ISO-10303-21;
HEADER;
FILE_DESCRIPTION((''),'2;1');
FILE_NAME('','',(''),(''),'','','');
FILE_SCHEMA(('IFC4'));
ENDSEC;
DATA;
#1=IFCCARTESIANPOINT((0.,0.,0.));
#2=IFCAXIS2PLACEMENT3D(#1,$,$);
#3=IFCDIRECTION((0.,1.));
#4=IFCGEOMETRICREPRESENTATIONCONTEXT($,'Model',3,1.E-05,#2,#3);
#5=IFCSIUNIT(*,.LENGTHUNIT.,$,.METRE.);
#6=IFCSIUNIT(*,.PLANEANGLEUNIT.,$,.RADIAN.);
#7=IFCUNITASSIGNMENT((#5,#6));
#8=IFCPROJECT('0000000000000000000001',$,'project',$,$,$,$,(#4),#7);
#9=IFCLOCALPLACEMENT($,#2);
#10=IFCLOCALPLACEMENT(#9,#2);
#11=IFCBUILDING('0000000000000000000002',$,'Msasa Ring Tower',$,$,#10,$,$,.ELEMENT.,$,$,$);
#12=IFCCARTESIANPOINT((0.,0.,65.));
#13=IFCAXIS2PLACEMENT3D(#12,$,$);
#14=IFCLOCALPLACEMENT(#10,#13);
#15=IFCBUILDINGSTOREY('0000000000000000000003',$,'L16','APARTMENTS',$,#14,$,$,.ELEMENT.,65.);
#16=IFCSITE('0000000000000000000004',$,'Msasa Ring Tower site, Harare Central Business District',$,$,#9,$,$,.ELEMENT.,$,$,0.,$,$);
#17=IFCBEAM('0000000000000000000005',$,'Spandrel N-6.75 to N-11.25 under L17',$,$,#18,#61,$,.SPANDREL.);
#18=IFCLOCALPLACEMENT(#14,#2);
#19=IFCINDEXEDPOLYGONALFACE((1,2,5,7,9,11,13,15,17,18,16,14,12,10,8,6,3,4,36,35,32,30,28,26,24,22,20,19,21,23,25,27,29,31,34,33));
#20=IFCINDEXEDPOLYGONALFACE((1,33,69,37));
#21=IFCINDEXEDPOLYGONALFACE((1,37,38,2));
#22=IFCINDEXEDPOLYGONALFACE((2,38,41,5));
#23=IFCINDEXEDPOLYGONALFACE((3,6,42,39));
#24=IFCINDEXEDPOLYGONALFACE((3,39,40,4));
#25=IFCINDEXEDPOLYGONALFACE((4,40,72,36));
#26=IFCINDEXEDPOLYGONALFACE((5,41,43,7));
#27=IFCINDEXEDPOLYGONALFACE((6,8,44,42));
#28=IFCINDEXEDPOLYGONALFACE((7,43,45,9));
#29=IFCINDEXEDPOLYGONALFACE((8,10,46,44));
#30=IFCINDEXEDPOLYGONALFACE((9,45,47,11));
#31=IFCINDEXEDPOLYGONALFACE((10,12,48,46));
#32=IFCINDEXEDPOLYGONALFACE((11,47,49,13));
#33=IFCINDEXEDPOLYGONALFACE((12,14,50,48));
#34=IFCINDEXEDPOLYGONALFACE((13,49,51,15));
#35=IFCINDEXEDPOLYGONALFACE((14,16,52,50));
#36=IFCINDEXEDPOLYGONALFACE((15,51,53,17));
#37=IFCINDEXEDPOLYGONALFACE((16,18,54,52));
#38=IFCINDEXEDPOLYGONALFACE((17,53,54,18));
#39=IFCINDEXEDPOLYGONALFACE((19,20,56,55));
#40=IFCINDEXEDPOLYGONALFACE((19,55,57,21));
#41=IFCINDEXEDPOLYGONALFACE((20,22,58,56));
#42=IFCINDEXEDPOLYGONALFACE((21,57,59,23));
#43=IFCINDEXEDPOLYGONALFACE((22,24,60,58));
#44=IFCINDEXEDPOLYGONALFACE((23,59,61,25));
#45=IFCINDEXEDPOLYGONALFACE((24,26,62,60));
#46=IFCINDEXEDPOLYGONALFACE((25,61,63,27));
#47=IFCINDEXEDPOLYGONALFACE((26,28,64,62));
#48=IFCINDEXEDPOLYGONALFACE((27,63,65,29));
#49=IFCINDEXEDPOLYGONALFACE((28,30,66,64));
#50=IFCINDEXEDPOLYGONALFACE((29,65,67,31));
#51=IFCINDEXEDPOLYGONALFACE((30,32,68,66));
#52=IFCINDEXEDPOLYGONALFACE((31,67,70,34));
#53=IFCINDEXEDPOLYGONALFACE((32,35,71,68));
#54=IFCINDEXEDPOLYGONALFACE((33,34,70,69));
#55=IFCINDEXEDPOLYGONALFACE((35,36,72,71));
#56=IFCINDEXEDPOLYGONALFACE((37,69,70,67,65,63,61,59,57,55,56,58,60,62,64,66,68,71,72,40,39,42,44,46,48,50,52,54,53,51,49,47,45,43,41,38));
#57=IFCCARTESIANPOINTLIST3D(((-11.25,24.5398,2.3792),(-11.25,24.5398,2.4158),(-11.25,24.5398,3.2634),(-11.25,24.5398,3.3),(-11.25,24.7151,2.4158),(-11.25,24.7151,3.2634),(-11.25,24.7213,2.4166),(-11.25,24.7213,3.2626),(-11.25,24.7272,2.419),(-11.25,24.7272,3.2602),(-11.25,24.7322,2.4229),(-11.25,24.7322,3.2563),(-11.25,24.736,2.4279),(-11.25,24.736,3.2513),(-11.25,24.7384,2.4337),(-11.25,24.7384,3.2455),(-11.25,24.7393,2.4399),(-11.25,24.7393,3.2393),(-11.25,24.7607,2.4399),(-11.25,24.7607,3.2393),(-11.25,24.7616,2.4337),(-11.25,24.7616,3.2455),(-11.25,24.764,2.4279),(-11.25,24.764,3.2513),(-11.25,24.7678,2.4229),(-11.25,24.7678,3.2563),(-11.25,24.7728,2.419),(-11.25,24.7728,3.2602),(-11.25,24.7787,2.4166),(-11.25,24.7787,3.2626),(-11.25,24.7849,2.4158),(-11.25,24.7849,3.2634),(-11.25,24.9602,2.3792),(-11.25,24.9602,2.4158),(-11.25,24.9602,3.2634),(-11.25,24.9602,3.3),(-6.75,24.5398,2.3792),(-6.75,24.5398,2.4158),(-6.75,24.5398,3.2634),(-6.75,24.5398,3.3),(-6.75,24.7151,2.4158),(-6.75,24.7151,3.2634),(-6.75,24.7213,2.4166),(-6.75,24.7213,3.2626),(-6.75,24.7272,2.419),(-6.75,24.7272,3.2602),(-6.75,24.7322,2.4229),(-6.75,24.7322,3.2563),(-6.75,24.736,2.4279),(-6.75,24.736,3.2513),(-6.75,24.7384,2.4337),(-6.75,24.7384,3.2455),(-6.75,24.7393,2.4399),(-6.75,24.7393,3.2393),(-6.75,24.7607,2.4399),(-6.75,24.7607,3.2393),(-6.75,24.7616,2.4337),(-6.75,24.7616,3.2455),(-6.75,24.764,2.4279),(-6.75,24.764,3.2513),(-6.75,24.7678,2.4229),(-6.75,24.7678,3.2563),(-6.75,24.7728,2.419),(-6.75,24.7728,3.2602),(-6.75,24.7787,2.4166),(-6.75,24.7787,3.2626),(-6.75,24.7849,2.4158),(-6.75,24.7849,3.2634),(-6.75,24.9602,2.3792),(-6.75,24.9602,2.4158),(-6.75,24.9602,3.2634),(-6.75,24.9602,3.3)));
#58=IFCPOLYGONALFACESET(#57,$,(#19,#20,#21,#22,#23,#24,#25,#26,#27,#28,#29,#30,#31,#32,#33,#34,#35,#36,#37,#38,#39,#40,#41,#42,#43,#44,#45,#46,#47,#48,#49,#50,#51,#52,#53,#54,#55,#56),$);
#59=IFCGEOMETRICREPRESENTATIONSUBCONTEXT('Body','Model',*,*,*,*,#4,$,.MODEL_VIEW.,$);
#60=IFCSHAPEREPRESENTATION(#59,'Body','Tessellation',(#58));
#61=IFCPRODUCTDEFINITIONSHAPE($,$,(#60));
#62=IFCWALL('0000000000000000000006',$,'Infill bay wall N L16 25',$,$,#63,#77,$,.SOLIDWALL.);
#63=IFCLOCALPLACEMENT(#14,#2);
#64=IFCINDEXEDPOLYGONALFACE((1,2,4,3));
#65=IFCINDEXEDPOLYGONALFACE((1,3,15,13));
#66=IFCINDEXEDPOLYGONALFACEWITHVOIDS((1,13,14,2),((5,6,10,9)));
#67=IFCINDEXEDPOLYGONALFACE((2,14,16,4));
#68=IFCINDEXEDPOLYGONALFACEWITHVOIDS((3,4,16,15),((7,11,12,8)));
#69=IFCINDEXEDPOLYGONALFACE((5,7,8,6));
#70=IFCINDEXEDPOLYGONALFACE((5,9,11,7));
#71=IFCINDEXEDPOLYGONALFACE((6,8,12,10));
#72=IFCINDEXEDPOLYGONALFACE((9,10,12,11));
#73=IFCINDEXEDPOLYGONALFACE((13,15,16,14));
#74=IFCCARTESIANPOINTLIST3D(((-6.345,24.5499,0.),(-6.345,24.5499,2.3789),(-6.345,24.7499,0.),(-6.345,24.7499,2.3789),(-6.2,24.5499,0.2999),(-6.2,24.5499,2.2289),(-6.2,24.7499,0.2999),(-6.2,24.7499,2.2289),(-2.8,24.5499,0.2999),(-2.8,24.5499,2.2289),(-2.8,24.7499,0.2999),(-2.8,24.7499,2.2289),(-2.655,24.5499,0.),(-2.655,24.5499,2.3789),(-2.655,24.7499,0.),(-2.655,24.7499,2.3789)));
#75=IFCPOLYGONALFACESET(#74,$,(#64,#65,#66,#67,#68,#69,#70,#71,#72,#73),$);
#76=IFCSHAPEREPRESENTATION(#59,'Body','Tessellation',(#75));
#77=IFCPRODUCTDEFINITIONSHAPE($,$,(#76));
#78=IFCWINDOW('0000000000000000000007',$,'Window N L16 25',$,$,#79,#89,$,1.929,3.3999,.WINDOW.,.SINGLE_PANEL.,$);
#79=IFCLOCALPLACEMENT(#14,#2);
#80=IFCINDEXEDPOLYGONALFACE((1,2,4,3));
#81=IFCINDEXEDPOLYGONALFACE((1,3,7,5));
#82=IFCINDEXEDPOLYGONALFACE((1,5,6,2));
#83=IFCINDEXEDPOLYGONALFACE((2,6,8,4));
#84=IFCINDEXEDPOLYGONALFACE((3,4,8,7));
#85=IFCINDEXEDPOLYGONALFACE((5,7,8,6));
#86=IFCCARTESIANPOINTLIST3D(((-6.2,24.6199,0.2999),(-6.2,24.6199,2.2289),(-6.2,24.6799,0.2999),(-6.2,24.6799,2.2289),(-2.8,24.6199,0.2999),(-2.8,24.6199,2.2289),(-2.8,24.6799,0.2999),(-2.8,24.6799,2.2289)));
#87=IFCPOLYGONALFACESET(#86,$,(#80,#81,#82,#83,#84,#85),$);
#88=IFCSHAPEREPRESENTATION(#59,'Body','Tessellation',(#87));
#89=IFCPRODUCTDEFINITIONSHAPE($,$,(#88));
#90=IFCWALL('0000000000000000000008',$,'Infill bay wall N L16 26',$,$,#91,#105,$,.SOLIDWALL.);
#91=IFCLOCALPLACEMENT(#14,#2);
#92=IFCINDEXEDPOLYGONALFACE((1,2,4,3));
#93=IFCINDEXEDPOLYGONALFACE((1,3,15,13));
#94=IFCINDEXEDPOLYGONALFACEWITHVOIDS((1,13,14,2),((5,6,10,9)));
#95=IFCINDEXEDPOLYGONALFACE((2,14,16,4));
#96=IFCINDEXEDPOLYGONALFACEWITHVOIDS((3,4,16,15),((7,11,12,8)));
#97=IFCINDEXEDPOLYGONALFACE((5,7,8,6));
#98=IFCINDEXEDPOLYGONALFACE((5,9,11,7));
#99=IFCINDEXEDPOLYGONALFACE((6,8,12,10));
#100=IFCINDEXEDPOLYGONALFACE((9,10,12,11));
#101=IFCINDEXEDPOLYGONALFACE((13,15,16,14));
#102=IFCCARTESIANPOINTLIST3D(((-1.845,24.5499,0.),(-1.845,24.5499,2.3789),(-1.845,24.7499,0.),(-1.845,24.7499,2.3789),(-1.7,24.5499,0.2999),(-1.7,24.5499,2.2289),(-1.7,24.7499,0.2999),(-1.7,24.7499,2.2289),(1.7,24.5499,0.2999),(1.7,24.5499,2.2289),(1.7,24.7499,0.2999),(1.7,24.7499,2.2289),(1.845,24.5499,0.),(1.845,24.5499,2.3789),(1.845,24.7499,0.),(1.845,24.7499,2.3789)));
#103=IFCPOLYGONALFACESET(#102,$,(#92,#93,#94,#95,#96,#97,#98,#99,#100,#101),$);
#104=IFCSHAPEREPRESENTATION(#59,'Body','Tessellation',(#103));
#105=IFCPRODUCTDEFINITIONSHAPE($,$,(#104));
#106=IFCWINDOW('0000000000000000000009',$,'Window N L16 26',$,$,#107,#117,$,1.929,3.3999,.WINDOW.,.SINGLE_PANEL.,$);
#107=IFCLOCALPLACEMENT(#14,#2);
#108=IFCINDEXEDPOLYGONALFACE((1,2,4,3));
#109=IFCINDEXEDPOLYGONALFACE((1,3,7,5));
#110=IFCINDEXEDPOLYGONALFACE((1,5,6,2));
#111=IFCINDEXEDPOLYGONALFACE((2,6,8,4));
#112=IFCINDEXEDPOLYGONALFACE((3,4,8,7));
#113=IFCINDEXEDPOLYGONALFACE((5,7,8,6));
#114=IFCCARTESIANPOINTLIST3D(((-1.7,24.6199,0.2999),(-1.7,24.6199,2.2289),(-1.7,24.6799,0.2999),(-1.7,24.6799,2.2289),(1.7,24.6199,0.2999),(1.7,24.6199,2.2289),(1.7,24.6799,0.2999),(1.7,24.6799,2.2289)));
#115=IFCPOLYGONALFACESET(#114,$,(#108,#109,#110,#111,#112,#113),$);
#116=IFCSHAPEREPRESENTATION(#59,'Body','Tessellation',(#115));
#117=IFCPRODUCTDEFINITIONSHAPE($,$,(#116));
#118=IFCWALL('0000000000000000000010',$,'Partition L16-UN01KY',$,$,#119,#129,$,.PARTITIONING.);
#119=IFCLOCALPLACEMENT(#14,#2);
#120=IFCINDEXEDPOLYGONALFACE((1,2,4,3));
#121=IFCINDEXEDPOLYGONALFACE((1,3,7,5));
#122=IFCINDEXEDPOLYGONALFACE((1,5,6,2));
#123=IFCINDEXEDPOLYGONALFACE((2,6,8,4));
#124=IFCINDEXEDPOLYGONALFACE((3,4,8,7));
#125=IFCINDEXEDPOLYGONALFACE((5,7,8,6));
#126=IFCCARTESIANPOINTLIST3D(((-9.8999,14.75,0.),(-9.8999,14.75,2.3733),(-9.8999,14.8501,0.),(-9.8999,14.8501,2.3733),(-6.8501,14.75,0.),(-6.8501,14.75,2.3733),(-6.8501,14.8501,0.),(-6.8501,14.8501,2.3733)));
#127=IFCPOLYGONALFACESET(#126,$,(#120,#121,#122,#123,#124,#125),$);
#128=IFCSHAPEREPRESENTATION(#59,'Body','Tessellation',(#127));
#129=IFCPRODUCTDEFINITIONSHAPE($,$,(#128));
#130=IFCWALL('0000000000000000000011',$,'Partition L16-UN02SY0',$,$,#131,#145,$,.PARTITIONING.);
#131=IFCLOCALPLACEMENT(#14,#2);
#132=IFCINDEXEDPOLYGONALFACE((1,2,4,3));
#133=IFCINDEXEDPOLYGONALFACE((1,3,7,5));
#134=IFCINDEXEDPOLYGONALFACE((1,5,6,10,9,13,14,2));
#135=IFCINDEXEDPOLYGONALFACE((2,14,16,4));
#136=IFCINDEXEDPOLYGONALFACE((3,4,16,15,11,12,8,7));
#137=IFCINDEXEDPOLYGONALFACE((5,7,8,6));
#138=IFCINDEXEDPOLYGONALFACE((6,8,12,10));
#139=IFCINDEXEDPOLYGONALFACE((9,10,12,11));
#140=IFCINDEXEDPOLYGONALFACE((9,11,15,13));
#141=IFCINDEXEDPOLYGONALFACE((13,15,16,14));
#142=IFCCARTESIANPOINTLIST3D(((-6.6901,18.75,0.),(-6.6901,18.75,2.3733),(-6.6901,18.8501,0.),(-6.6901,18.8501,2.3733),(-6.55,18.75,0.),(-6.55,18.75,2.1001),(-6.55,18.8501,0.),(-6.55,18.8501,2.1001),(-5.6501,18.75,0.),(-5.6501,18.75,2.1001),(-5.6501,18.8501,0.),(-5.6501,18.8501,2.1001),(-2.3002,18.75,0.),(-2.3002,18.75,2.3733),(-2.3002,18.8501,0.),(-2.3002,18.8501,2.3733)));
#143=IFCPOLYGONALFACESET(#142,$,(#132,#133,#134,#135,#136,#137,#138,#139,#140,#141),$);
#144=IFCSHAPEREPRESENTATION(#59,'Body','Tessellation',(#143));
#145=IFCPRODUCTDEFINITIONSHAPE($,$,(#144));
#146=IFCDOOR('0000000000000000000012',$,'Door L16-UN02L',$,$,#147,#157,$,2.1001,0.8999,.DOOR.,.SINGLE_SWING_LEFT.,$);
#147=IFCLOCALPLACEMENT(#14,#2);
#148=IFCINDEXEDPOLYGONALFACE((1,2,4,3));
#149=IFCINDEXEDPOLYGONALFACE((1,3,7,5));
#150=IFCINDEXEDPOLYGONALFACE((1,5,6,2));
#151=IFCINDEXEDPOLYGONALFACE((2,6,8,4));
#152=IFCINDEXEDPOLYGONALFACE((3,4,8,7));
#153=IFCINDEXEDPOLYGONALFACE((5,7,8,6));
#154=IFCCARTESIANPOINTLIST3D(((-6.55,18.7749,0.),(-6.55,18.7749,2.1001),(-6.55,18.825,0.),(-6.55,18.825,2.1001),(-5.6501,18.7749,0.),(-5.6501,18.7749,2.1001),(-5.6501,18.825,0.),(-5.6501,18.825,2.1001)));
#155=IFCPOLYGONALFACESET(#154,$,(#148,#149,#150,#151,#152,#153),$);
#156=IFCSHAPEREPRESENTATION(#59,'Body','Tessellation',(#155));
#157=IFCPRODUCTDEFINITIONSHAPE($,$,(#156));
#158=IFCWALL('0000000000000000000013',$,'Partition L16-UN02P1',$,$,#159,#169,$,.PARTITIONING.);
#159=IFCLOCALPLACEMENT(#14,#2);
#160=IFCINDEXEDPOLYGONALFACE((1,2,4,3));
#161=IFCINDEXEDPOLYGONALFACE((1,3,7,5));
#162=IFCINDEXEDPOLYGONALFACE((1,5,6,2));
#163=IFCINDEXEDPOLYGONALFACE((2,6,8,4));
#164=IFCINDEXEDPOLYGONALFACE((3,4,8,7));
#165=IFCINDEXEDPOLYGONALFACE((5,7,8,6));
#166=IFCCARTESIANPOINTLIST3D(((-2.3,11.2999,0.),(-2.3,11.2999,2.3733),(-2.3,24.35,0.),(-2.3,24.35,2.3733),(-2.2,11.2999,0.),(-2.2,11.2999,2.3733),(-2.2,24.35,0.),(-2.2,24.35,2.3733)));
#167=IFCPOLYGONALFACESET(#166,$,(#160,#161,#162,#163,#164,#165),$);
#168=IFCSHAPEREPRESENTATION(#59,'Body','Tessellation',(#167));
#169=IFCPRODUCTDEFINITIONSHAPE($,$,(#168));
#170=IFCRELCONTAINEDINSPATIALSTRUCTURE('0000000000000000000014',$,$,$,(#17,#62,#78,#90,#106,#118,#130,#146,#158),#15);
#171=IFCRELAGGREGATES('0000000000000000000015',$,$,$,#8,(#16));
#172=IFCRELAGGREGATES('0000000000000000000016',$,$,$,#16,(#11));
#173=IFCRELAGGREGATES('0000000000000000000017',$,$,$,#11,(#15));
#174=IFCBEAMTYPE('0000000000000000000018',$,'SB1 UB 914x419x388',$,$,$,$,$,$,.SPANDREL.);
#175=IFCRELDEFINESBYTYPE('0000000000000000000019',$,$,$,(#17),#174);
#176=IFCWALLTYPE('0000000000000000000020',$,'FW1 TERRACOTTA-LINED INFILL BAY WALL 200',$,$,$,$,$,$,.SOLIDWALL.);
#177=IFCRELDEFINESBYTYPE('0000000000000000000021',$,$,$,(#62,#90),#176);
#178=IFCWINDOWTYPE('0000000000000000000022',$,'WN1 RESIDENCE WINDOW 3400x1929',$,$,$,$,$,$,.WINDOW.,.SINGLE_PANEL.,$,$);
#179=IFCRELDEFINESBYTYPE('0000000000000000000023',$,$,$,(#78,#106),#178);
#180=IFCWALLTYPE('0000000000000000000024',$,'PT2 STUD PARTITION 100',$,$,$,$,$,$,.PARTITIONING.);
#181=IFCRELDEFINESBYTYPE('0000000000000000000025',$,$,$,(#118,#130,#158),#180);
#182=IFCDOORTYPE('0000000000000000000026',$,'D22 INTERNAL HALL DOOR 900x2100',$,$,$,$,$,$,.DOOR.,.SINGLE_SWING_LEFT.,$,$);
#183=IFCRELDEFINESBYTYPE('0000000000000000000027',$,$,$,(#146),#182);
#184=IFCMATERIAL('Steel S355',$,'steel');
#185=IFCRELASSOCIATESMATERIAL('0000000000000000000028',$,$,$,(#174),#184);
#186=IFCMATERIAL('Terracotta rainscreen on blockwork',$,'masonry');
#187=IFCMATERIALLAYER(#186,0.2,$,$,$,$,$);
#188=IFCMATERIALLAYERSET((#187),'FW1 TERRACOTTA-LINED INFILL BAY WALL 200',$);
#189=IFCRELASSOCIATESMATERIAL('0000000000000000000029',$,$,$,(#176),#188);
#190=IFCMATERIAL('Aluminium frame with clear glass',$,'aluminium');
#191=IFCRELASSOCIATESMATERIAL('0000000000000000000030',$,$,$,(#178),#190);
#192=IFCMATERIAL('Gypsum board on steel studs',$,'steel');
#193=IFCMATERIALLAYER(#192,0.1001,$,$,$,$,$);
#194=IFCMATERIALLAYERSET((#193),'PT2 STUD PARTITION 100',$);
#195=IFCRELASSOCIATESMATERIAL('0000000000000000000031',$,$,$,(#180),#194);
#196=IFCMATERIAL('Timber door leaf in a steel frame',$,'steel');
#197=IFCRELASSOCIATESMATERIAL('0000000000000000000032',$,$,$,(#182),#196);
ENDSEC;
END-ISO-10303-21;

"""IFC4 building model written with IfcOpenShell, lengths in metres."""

from ifc_helpers import new_model, si_unit, direction, frame, frame_2d, origin, origin_2d, place, context, subcontext, project, spatial, rectangle, i_section, extrude, material, layer, layer_set, material_profile, profile_set, type_object, element, fill, save


model = new_model("IFC4")

# Units and contexts
model_context = context("Model", 3, precision=1e-05, world=origin(), true_north=direction((0.0, 1.0)))
body_context = subcontext(model_context, "Body", "Model", "MODEL_VIEW")
ifc_project = project(units=[si_unit("LENGTHUNIT", "METRE"), si_unit("PLANEANGLEUNIT", "RADIAN")], contexts=[model_context])

# Site, building, storey
site_placement = place(None, origin())
site = spatial("IfcSite", under=ifc_project, at=site_placement, Name="Msasa Ring Tower site, Harare Central Business District", CompositionType="ELEMENT", RefElevation=0.0)
building_placement = place(site_placement, origin())
building = spatial("IfcBuilding", under=site, at=building_placement, Name="Msasa Ring Tower", CompositionType="ELEMENT")
storey_placement = place(building_placement, frame((0.0, 0.0, 65.0)))
storey = spatial("IfcBuildingStorey", under=building, at=storey_placement, Name="L16", Description="APARTMENTS", CompositionType="ELEMENT", Elevation=65.0)

# Beam
ifc_material_1 = material(Name="Steel S355", Category="steel")
ifc_material_profile_1 = material_profile(ifc_material_1, i_section(OverallWidth=0.4204, OverallDepth=0.9209, WebThickness=0.0215, FlangeThickness=0.0366, FilletRadius=0.0242, at=origin_2d()), Name="UB 914x419x388")
ifc_profile_set_1 = profile_set([ifc_material_profile_1], Name="Steel S355")
beam_type_1 = type_object("IfcBeamType", Name="SB1 UB 914x419x388", PredefinedType="SPANDREL", material=ifc_profile_set_1)
for number, where, z_axis, x_axis, name in (
    (1, (-6.75, 24.75, 2.8396), (-1.0, 0.0, 0.0), (0.0, -1.0, 0.0), "Spandrel N-6.75 to N-11.25 under L17"),
):
    element("IfcBeam", number, at=place(storey_placement, frame(where, z_axis=z_axis, x_axis=x_axis)), inside=storey, type_object=beam_type_1, Name=name, PredefinedType="SPANDREL", context=body_context, shape_type="SweptSolid", body=[
        extrude(i_section(OverallWidth=0.4204, OverallDepth=0.9209, WebThickness=0.0215, FlangeThickness=0.0366, FilletRadius=0.0242, at=origin_2d()), origin(), (0.0, 0.0, 1.0), 4.5),
    ])

# Walls, openings, windows
ifc_material_2 = material(Name="Terracotta rainscreen on blockwork", Category="masonry")
ifc_layer_1 = layer(ifc_material_2, 0.2)
ifc_layer_set_1 = layer_set([ifc_layer_1], Name="FW1 TERRACOTTA-LINED INFILL BAY WALL 200")
wall_type_1 = type_object("IfcWallType", Name="FW1 TERRACOTTA-LINED INFILL BAY WALL 200", PredefinedType="SOLIDWALL", material=ifc_layer_set_1)
wall_1_placement = place(storey_placement, frame((-6.345, 24.6499, 0.0), z_axis=(0.0, 0.0, 1.0), x_axis=(1.0, 0.0, 0.0)))
wall_1 = element("IfcWall", 2, at=wall_1_placement, inside=storey, type_object=wall_type_1, Name="Infill bay wall N L16 25", PredefinedType="SOLIDWALL", context=body_context, shape_type="SweptSolid", body=[
    extrude(rectangle(XDim=3.6899, YDim=0.2, at=frame_2d((1.845, 0.0))), origin(), (0.0, 0.0, 1.0), 2.3789),
])
opening_1_placement = place(wall_1_placement, frame((0.145, 0.0, 0.3)))
opening_1 = element("IfcOpeningElement", 3, at=opening_1_placement, cuts=wall_1, PredefinedType="OPENING", context=body_context, shape_type="SweptSolid", body=[
    extrude(rectangle(XDim=3.3999, YDim=1.929, at=frame_2d((1.7, 0.9644))), frame((0.0, 0.1099, 0.0), z_axis=(0.0, -1.0, 0.0), x_axis=(1.0, 0.0, 0.0)), (0.0, 0.0, 1.0), 0.22),
])
ifc_material_3 = material(Name="Aluminium frame with clear glass", Category="aluminium")
window_type = type_object("IfcWindowType", Name="WN1 RESIDENCE WINDOW 3400x1929", PartitioningType="SINGLE_PANEL", PredefinedType="WINDOW", material=ifc_material_3)
window_1_placement = place(opening_1_placement, origin())
window_1 = element("IfcWindow", 4, at=window_1_placement, inside=storey, type_object=window_type, Name="Window N L16 25", OverallHeight=1.929, OverallWidth=3.3999, PartitioningType="SINGLE_PANEL", PredefinedType="WINDOW", context=body_context, shape_type="SweptSolid", body=[
    extrude(rectangle(XDim=3.3999, YDim=1.929, at=frame_2d((1.7, 0.9644))), frame((0.0, 0.03, 0.0), z_axis=(0.0, -1.0, 0.0), x_axis=(1.0, 0.0, 0.0)), (0.0, 0.0, 1.0), 0.0601),
])
fill(opening_1, window_1)
wall_2_placement = place(storey_placement, frame((-1.845, 24.6499, 0.0), z_axis=(0.0, 0.0, 1.0), x_axis=(1.0, 0.0, 0.0)))
wall_2 = element("IfcWall", 5, at=wall_2_placement, inside=storey, type_object=wall_type_1, Name="Infill bay wall N L16 26", PredefinedType="SOLIDWALL", context=body_context, shape_type="SweptSolid", body=[
    extrude(rectangle(XDim=3.6899, YDim=0.2, at=frame_2d((1.845, 0.0))), origin(), (0.0, 0.0, 1.0), 2.3789),
])
opening_2_placement = place(wall_2_placement, frame((0.145, 0.0, 0.3)))
opening_2 = element("IfcOpeningElement", 6, at=opening_2_placement, cuts=wall_2, PredefinedType="OPENING", context=body_context, shape_type="SweptSolid", body=[
    extrude(rectangle(XDim=3.3999, YDim=1.929, at=frame_2d((1.7, 0.9644))), frame((0.0, 0.1099, 0.0), z_axis=(0.0, -1.0, 0.0), x_axis=(1.0, 0.0, 0.0)), (0.0, 0.0, 1.0), 0.22),
])
window_2_placement = place(opening_2_placement, origin())
window_2 = element("IfcWindow", 7, at=window_2_placement, inside=storey, type_object=window_type, Name="Window N L16 26", OverallHeight=1.929, OverallWidth=3.3999, PartitioningType="SINGLE_PANEL", PredefinedType="WINDOW", context=body_context, shape_type="SweptSolid", body=[
    extrude(rectangle(XDim=3.3999, YDim=1.929, at=frame_2d((1.7, 0.9644))), frame((0.0, 0.03, 0.0), z_axis=(0.0, -1.0, 0.0), x_axis=(1.0, 0.0, 0.0)), (0.0, 0.0, 1.0), 0.0601),
])
fill(opening_2, window_2)

# Wall
ifc_material_4 = material(Name="Gypsum board on steel studs", Category="steel")
ifc_layer_2 = layer(ifc_material_4, 0.1001)
ifc_layer_set_2 = layer_set([ifc_layer_2], Name="PT2 STUD PARTITION 100")
wall_type_2 = type_object("IfcWallType", Name="PT2 STUD PARTITION 100", PredefinedType="PARTITIONING", material=ifc_layer_set_2)
wall_3_placement = place(storey_placement, frame((-9.8999, 14.8, 0.0), z_axis=(0.0, 0.0, 1.0), x_axis=(1.0, 0.0, 0.0)))
element("IfcWall", 8, at=wall_3_placement, inside=storey, type_object=wall_type_2, Name="Partition L16-UN01KY", PredefinedType="PARTITIONING", context=body_context, shape_type="SweptSolid", body=[
    extrude(rectangle(XDim=3.0498, YDim=0.1001, at=frame_2d((1.5249, 0.0))), origin(), (0.0, 0.0, 1.0), 2.3733),
])

# Wall, opening, door
wall_4_placement = place(storey_placement, frame((-6.6899, 18.8, 0.0), z_axis=(0.0, 0.0, 1.0), x_axis=(1.0, 0.0, 0.0)))
wall_4 = element("IfcWall", 9, at=wall_4_placement, inside=storey, type_object=wall_type_2, Name="Partition L16-UN02SY0", PredefinedType="PARTITIONING", context=body_context, shape_type="SweptSolid", body=[
    extrude(rectangle(XDim=4.3899, YDim=0.1001, at=frame_2d((2.1948, 0.0))), origin(), (0.0, 0.0, 1.0), 2.3733),
])
opening_3_placement = place(wall_4_placement, frame((0.1399, 0.0, 0.0)))
opening_3 = element("IfcOpeningElement", 10, at=opening_3_placement, cuts=wall_4, PredefinedType="OPENING", context=body_context, shape_type="SweptSolid", body=[
    extrude(rectangle(XDim=0.8999, YDim=2.1001, at=frame_2d((0.45, 1.05))), frame((0.0, 0.0601, 0.0), z_axis=(0.0, -1.0, 0.0), x_axis=(1.0, 0.0, 0.0)), (0.0, 0.0, 1.0), 0.1201),
])
ifc_material_5 = material(Name="Timber door leaf in a steel frame", Category="steel")
door_type_1 = type_object("IfcDoorType", Name="D22 INTERNAL HALL DOOR 900x2100", OperationType="SINGLE_SWING_LEFT", PredefinedType="DOOR", material=ifc_material_5)
door_1_placement = place(opening_3_placement, origin())
door_1 = element("IfcDoor", 11, at=door_1_placement, inside=storey, type_object=door_type_1, Name="Door L16-UN02L", OperationType="SINGLE_SWING_LEFT", OverallHeight=2.1001, OverallWidth=0.8999, PredefinedType="DOOR", context=body_context, shape_type="SweptSolid", body=[
    extrude(rectangle(XDim=0.8999, YDim=2.1001, at=frame_2d((0.45, 1.05))), frame((0.0, 0.0249, 0.0), z_axis=(0.0, -1.0, 0.0), x_axis=(1.0, 0.0, 0.0)), (0.0, 0.0, 1.0), 0.05),
])
fill(opening_3, door_1)

# Wall
wall_5_placement = place(storey_placement, frame((-2.25, 11.3, 0.0), z_axis=(0.0, 0.0, 1.0), x_axis=(0.0, 1.0, 0.0)))
element("IfcWall", 12, at=wall_5_placement, inside=storey, type_object=wall_type_2, Name="Partition L16-UN02P1", PredefinedType="PARTITIONING", context=body_context, shape_type="SweptSolid", body=[
    extrude(rectangle(XDim=13.05, YDim=0.1001, at=frame_2d((6.5249, 0.0))), origin(), (0.0, 0.0, 1.0), 2.3733),
])

save(model, "model.ifc")
